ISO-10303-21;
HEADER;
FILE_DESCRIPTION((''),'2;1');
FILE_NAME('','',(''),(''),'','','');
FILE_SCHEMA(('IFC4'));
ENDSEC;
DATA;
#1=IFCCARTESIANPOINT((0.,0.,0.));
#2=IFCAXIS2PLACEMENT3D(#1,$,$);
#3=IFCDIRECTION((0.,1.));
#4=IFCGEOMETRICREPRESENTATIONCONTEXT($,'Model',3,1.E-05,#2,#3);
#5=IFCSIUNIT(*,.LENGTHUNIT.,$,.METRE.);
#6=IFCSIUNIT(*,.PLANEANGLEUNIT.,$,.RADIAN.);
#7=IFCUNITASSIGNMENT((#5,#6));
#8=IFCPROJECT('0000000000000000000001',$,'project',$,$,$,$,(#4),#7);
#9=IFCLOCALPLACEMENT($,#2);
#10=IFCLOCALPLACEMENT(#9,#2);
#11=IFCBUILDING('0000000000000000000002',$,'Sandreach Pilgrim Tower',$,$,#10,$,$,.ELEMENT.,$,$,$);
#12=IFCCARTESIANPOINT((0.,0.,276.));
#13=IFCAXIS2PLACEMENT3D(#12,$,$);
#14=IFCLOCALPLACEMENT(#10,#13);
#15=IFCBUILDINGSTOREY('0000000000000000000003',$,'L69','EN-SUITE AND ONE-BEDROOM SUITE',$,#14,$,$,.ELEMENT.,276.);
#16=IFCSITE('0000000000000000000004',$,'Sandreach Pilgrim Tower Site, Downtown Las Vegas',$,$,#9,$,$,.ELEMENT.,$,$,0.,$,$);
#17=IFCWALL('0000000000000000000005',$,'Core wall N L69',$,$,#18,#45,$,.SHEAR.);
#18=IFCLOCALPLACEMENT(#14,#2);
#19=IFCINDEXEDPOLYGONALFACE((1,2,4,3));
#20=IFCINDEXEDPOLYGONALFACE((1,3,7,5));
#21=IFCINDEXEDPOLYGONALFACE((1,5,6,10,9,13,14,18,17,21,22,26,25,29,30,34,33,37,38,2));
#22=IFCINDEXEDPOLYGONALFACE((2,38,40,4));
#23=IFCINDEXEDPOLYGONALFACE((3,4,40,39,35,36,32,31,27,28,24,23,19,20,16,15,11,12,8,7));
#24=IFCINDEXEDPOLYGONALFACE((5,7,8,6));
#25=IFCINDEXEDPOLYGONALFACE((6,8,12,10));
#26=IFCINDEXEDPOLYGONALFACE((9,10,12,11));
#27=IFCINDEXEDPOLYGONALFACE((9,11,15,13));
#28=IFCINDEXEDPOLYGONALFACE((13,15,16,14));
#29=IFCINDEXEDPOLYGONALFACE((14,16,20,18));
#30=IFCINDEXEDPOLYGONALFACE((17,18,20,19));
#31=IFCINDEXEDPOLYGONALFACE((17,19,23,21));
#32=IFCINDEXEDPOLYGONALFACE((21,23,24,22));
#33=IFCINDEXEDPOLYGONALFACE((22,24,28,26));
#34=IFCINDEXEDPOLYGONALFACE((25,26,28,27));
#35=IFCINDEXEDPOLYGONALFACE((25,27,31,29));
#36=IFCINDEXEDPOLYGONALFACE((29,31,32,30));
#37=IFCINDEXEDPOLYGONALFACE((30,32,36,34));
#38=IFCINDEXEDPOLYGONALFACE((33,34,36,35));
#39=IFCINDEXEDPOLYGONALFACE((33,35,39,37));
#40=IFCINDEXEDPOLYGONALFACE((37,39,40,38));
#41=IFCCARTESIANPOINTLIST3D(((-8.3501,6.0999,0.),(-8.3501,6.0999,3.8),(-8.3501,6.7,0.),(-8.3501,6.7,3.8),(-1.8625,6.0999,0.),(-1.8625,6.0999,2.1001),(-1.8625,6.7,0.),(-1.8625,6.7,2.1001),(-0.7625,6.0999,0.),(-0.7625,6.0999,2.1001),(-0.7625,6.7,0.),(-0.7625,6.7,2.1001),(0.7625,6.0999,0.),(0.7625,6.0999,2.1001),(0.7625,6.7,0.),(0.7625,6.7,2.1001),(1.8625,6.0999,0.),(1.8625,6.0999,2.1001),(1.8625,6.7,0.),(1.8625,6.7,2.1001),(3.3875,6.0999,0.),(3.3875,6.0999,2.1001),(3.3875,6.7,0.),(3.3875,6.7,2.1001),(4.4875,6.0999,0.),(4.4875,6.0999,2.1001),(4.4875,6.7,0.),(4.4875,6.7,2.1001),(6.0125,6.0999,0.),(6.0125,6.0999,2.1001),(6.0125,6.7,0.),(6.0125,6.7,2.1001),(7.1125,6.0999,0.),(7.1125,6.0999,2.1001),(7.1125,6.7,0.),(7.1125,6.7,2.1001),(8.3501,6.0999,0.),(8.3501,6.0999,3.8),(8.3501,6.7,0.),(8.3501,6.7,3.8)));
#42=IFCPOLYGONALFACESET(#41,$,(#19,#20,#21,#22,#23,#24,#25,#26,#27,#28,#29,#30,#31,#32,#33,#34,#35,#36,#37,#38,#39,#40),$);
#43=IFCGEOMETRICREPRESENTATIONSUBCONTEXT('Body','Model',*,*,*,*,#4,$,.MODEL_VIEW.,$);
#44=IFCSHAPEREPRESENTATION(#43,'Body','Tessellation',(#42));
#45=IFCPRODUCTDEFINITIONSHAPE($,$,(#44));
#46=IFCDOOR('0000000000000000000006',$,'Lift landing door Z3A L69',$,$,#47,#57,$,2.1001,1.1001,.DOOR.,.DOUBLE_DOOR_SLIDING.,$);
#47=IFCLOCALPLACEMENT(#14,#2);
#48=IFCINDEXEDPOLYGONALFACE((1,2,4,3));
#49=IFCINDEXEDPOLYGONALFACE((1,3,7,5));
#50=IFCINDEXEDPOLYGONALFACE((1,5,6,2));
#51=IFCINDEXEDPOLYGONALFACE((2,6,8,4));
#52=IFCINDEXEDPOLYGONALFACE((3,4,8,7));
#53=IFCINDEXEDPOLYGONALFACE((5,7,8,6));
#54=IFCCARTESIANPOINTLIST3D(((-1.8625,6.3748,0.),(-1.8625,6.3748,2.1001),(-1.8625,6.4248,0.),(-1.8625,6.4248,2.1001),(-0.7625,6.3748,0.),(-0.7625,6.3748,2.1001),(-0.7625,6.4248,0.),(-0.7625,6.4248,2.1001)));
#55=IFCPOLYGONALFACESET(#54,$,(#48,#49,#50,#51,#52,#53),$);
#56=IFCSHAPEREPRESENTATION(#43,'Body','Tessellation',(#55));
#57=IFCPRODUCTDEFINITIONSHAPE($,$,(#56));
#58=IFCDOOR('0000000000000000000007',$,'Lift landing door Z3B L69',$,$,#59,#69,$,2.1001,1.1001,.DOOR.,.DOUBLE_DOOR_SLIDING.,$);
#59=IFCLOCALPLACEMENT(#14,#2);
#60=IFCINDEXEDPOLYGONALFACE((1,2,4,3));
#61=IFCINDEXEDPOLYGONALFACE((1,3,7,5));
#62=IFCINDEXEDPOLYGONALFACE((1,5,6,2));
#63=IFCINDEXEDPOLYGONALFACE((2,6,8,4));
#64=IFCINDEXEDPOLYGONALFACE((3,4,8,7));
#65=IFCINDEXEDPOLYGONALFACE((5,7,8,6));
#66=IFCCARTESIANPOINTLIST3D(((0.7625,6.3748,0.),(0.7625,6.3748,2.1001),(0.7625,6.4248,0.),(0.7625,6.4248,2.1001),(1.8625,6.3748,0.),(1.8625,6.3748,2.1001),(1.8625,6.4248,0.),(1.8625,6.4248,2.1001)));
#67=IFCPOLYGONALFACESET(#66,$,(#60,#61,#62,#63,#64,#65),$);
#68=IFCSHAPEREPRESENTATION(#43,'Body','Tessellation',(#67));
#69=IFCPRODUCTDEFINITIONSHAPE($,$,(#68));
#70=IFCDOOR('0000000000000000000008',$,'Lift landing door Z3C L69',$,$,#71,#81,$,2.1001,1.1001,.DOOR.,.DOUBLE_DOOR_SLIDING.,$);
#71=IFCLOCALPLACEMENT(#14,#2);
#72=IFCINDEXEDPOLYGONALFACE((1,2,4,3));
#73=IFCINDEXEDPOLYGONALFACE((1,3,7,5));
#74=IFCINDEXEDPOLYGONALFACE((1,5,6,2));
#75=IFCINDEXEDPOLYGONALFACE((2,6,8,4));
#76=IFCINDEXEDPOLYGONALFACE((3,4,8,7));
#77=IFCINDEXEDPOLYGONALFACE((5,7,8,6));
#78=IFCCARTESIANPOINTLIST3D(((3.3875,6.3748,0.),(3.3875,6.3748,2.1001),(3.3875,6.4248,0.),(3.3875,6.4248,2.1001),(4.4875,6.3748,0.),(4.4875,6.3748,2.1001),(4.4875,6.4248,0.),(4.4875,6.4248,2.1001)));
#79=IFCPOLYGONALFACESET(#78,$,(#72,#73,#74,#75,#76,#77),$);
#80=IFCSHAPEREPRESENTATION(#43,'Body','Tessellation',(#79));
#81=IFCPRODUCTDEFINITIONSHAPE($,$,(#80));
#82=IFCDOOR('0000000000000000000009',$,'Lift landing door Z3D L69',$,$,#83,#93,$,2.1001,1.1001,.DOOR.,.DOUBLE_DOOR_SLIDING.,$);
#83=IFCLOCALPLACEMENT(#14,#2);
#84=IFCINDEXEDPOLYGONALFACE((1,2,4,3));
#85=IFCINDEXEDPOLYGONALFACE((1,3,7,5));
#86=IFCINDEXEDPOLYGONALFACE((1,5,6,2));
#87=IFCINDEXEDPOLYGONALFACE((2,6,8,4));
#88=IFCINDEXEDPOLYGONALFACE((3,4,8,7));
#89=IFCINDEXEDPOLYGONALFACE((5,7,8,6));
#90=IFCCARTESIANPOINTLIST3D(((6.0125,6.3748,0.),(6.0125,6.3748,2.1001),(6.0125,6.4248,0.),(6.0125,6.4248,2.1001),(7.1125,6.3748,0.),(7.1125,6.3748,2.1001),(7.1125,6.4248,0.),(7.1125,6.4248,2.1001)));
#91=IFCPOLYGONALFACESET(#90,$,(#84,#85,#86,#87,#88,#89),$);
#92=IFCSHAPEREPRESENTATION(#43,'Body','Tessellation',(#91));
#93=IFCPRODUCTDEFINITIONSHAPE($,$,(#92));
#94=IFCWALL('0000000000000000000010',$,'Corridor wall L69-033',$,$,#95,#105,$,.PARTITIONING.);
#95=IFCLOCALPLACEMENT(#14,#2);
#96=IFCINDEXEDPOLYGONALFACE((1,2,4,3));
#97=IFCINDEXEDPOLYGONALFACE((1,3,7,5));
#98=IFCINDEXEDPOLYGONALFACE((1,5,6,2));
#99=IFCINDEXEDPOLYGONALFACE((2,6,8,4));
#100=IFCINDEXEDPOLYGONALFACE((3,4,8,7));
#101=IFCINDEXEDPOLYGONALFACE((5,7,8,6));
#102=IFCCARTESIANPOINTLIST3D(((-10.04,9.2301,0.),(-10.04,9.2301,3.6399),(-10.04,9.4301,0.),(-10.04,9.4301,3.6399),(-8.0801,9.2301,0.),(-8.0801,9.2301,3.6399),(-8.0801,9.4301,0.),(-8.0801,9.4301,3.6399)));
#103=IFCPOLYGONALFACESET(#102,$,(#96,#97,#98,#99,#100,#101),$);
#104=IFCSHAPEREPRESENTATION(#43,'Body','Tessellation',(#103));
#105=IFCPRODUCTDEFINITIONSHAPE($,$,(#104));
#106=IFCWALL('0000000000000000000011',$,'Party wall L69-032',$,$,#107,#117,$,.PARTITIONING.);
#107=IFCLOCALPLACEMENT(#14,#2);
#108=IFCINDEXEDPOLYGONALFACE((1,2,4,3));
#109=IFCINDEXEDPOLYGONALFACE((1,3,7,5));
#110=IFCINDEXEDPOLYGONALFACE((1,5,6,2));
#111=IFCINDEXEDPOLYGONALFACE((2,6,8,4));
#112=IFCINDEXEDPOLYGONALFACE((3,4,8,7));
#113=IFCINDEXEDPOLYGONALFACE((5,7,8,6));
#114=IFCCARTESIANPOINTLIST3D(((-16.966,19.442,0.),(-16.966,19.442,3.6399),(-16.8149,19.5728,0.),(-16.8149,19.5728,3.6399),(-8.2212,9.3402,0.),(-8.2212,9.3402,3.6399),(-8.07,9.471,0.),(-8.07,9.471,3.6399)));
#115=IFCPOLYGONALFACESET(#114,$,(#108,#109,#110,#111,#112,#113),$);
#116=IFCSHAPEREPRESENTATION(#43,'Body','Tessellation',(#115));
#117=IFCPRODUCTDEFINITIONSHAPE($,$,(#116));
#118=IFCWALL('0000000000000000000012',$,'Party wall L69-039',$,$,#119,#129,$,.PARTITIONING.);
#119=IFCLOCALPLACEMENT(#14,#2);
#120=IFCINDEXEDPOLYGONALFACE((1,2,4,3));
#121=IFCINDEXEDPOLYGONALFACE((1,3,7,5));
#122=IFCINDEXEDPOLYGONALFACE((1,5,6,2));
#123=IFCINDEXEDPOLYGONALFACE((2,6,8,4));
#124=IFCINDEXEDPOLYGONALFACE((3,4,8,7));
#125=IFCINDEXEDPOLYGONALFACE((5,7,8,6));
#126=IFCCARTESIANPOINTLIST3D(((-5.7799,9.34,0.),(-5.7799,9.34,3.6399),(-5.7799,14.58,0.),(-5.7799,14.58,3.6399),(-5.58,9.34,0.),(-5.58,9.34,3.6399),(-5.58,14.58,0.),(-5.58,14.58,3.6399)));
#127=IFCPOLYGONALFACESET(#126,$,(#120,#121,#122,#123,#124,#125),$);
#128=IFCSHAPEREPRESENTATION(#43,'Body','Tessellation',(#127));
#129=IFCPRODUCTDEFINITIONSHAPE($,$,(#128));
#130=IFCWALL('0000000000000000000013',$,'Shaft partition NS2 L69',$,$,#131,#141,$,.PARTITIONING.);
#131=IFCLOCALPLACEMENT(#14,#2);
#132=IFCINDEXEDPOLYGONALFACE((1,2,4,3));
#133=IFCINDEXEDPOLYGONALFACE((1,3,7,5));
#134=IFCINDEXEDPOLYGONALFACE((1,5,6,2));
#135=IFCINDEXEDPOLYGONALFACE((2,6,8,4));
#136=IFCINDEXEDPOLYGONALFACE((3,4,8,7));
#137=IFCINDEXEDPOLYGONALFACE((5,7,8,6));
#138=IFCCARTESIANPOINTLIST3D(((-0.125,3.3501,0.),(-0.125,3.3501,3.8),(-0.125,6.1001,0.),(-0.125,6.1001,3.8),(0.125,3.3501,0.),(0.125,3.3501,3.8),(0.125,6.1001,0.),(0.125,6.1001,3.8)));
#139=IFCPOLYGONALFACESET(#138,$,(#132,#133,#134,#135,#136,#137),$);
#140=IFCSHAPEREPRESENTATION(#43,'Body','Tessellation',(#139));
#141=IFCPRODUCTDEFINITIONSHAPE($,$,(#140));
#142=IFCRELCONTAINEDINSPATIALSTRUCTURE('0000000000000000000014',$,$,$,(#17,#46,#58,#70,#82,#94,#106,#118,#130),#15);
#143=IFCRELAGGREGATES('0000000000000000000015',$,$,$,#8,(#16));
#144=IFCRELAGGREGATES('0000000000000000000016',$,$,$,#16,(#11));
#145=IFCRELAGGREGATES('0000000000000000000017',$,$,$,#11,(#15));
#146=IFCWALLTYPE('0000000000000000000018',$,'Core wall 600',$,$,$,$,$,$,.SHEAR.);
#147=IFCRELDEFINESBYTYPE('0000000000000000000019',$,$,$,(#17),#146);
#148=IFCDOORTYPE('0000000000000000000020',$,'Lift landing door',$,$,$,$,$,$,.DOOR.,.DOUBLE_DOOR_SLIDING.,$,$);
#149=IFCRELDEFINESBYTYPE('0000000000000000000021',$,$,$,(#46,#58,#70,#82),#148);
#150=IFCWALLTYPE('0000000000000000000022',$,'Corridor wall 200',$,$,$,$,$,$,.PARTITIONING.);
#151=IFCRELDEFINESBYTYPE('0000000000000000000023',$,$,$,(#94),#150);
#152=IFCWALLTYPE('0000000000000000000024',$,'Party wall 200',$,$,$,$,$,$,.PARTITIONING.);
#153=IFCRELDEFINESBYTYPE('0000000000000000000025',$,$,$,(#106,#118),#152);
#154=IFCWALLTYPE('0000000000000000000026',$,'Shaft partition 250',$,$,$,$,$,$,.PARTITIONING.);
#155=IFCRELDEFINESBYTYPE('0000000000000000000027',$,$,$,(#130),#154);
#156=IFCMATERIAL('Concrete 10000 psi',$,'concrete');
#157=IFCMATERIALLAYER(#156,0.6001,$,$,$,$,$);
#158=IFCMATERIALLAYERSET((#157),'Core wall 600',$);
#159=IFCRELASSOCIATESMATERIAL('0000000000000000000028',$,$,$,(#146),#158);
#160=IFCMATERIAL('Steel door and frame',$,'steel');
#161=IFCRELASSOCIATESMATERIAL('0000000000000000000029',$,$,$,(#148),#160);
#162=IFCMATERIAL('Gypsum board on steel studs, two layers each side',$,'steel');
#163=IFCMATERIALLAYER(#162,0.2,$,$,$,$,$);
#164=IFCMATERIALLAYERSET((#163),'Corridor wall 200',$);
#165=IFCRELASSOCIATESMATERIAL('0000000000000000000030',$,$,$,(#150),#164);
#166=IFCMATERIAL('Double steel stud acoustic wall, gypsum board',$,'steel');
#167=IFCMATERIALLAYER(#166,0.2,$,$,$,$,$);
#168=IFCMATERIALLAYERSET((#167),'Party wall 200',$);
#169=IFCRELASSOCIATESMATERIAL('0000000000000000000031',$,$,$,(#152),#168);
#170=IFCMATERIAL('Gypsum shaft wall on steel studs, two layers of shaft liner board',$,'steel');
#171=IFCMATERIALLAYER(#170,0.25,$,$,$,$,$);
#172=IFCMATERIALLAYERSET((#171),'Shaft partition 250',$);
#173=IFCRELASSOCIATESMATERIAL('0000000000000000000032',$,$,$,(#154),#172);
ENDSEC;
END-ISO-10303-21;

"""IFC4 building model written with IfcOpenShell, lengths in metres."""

from ifc_helpers import new_model, si_unit, direction, frame, frame_2d, origin, place, context, subcontext, project, spatial, rectangle, extrude, material, layer, layer_set, type_object, element, fill, save


model = new_model("IFC4")

# Units and contexts
model_context = context("Model", 3, precision=1e-05, world=origin(), true_north=direction((0.0, 1.0)))
body_context = subcontext(model_context, "Body", "Model", "MODEL_VIEW")
ifc_project = project(units=[si_unit("LENGTHUNIT", "METRE"), si_unit("PLANEANGLEUNIT", "RADIAN")], contexts=[model_context])

# Site, building, storey
site_placement = place(None, origin())
site = spatial("IfcSite", under=ifc_project, at=site_placement, Name="Sandreach Pilgrim Tower Site, Downtown Las Vegas", CompositionType="ELEMENT", RefElevation=0.0)
building_placement = place(site_placement, origin())
building = spatial("IfcBuilding", under=site, at=building_placement, Name="Sandreach Pilgrim Tower", CompositionType="ELEMENT")
storey_placement = place(building_placement, frame((0.0, 0.0, 276.0)))
storey = spatial("IfcBuildingStorey", under=building, at=storey_placement, Name="L69", Description="EN-SUITE AND ONE-BEDROOM SUITE", CompositionType="ELEMENT", Elevation=276.0)

# Wall, openings, doors
ifc_material_1 = material(Name="Concrete 10000 psi", Category="concrete")
ifc_layer_1 = layer(ifc_material_1, 0.6001)
ifc_layer_set_1 = layer_set([ifc_layer_1], Name="Core wall 600")
wall_type_1 = type_object("IfcWallType", Name="Core wall 600", PredefinedType="SHEAR", material=ifc_layer_set_1)
wall_1_placement = place(storey_placement, frame((-8.3501, 6.3999, 0.0), z_axis=(0.0, 0.0, 1.0), x_axis=(1.0, 0.0, 0.0)))
wall_1 = element("IfcWall", 1, at=wall_1_placement, inside=storey, type_object=wall_type_1, Name="Core wall N L69", PredefinedType="SHEAR", context=body_context, shape_type="SweptSolid", body=[
    extrude(rectangle(XDim=16.7002, YDim=0.6001, at=frame_2d((8.3501, 0.0))), origin(), (0.0, 0.0, 1.0), 3.8),
])
opening_1_placement = place(wall_1_placement, frame((6.4875, 0.0, 0.0)))
opening_1 = element("IfcOpeningElement", 2, at=opening_1_placement, cuts=wall_1, PredefinedType="OPENING", context=body_context, shape_type="SweptSolid", body=[
    extrude(rectangle(XDim=1.1001, YDim=2.1001, at=frame_2d((0.55, 1.05))), frame((0.0, 0.3, 0.0), z_axis=(0.0, -1.0, 0.0), x_axis=(1.0, 0.0, 0.0)), (0.0, 0.0, 1.0), 0.6001),
])
opening_2_placement = place(wall_1_placement, frame((9.1125, 0.0, 0.0)))
opening_2 = element("IfcOpeningElement", 3, at=opening_2_placement, cuts=wall_1, PredefinedType="OPENING", context=body_context, shape_type="SweptSolid", body=[
    extrude(rectangle(XDim=1.1001, YDim=2.1001, at=frame_2d((0.55, 1.05))), frame((0.0, 0.3, 0.0), z_axis=(0.0, -1.0, 0.0), x_axis=(1.0, 0.0, 0.0)), (0.0, 0.0, 1.0), 0.6001),
])
opening_3_placement = place(wall_1_placement, frame((11.7375, 0.0, 0.0)))
opening_3 = element("IfcOpeningElement", 4, at=opening_3_placement, cuts=wall_1, PredefinedType="OPENING", context=body_context, shape_type="SweptSolid", body=[
    extrude(rectangle(XDim=1.1001, YDim=2.1001, at=frame_2d((0.55, 1.05))), frame((0.0, 0.3, 0.0), z_axis=(0.0, -1.0, 0.0), x_axis=(1.0, 0.0, 0.0)), (0.0, 0.0, 1.0), 0.6001),
])
opening_4_placement = place(wall_1_placement, frame((14.3625, 0.0, 0.0)))
opening_4 = element("IfcOpeningElement", 5, at=opening_4_placement, cuts=wall_1, PredefinedType="OPENING", context=body_context, shape_type="SweptSolid", body=[
    extrude(rectangle(XDim=1.1001, YDim=2.1001, at=frame_2d((0.55, 1.05))), frame((0.0, 0.3, 0.0), z_axis=(0.0, -1.0, 0.0), x_axis=(1.0, 0.0, 0.0)), (0.0, 0.0, 1.0), 0.6001),
])
ifc_material_2 = material(Name="Steel door and frame", Category="steel")
door_type_1 = type_object("IfcDoorType", Name="Lift landing door", OperationType="DOUBLE_DOOR_SLIDING", PredefinedType="DOOR", material=ifc_material_2)
door_1_placement = place(opening_1_placement, origin())
door_1 = element("IfcDoor", 6, at=door_1_placement, inside=storey, type_object=door_type_1, Name="Lift landing door Z3A L69", OperationType="DOUBLE_DOOR_SLIDING", OverallHeight=2.1001, OverallWidth=1.1001, PredefinedType="DOOR", context=body_context, shape_type="SweptSolid", body=[
    extrude(rectangle(XDim=1.1001, YDim=2.1001, at=frame_2d((0.55, 1.05))), frame((0.0, 0.0249, 0.0), z_axis=(0.0, -1.0, 0.0), x_axis=(1.0, 0.0, 0.0)), (0.0, 0.0, 1.0), 0.05),
])
fill(opening_1, door_1)
door_2_placement = place(opening_2_placement, origin())
door_2 = element("IfcDoor", 7, at=door_2_placement, inside=storey, type_object=door_type_1, Name="Lift landing door Z3B L69", OperationType="DOUBLE_DOOR_SLIDING", OverallHeight=2.1001, OverallWidth=1.1001, PredefinedType="DOOR", context=body_context, shape_type="SweptSolid", body=[
    extrude(rectangle(XDim=1.1001, YDim=2.1001, at=frame_2d((0.55, 1.05))), frame((0.0, 0.0249, 0.0), z_axis=(0.0, -1.0, 0.0), x_axis=(1.0, 0.0, 0.0)), (0.0, 0.0, 1.0), 0.05),
])
fill(opening_2, door_2)
door_3_placement = place(opening_3_placement, origin())
door_3 = element("IfcDoor", 8, at=door_3_placement, inside=storey, type_object=door_type_1, Name="Lift landing door Z3C L69", OperationType="DOUBLE_DOOR_SLIDING", OverallHeight=2.1001, OverallWidth=1.1001, PredefinedType="DOOR", context=body_context, shape_type="SweptSolid", body=[
    extrude(rectangle(XDim=1.1001, YDim=2.1001, at=frame_2d((0.55, 1.05))), frame((0.0, 0.0249, 0.0), z_axis=(0.0, -1.0, 0.0), x_axis=(1.0, 0.0, 0.0)), (0.0, 0.0, 1.0), 0.05),
])
fill(opening_3, door_3)
door_4_placement = place(opening_4_placement, origin())
door_4 = element("IfcDoor", 9, at=door_4_placement, inside=storey, type_object=door_type_1, Name="Lift landing door Z3D L69", OperationType="DOUBLE_DOOR_SLIDING", OverallHeight=2.1001, OverallWidth=1.1001, PredefinedType="DOOR", context=body_context, shape_type="SweptSolid", body=[
    extrude(rectangle(XDim=1.1001, YDim=2.1001, at=frame_2d((0.55, 1.05))), frame((0.0, 0.0249, 0.0), z_axis=(0.0, -1.0, 0.0), x_axis=(1.0, 0.0, 0.0)), (0.0, 0.0, 1.0), 0.05),
])
fill(opening_4, door_4)

# Shared definitions
ifc_material_3 = material(Name="Gypsum board on steel studs, two layers each side", Category="steel")
ifc_layer_2 = layer(ifc_material_3, 0.2)
ifc_layer_set_2 = layer_set([ifc_layer_2], Name="Corridor wall 200")
wall_type_2 = type_object("IfcWallType", Name="Corridor wall 200", PredefinedType="PARTITIONING", material=ifc_layer_set_2)

# Wall
wall_2_placement = place(storey_placement, frame((-8.0801, 9.3301, 0.0), z_axis=(0.0, 0.0, 1.0), x_axis=(-1.0, 0.0, 0.0)))
element("IfcWall", 10, at=wall_2_placement, inside=storey, type_object=wall_type_2, Name="Corridor wall L69-033", PredefinedType="PARTITIONING", context=body_context, shape_type="SweptSolid", body=[
    extrude(rectangle(XDim=1.96, YDim=0.2, at=frame_2d((0.98, 0.0))), origin(), (0.0, 0.0, 1.0), 3.6399),
])

# Walls
ifc_material_4 = material(Name="Double steel stud acoustic wall, gypsum board", Category="steel")
ifc_layer_3 = layer(ifc_material_4, 0.2)
ifc_layer_set_3 = layer_set([ifc_layer_3], Name="Party wall 200")
wall_type_3 = type_object("IfcWallType", Name="Party wall 200", PredefinedType="PARTITIONING", material=ifc_layer_set_3)
wall_3_placement = place(storey_placement, frame((-8.1455, 9.4055, 0.0), z_axis=(0.0, 0.0, 1.0), x_axis=(-0.654502, 0.75606, 0.0)))
element("IfcWall", 11, at=wall_3_placement, inside=storey, type_object=wall_type_3, Name="Party wall L69-032", PredefinedType="PARTITIONING", context=body_context, shape_type="SweptSolid", body=[
    extrude(rectangle(XDim=13.3611, YDim=0.2, at=frame_2d((6.6807, 0.0))), origin(), (0.0, 0.0, 1.0), 3.6399),
])
wall_4_placement = place(storey_placement, frame((-5.6799, 14.5801, 0.0), z_axis=(0.0, 0.0, 1.0), x_axis=(0.0, -1.0, 0.0)))
element("IfcWall", 12, at=wall_4_placement, inside=storey, type_object=wall_type_3, Name="Party wall L69-039", PredefinedType="PARTITIONING", context=body_context, shape_type="SweptSolid", body=[
    extrude(rectangle(XDim=5.24, YDim=0.2, at=frame_2d((2.6201, 0.0))), origin(), (0.0, 0.0, 1.0), 3.6399),
])
ifc_material_5 = material(Name="Gypsum shaft wall on steel studs, two layers of shaft liner board", Category="steel")
ifc_layer_4 = layer(ifc_material_5, 0.25)
ifc_layer_set_4 = layer_set([ifc_layer_4], Name="Shaft partition 250")
wall_type_4 = type_object("IfcWallType", Name="Shaft partition 250", PredefinedType="PARTITIONING", material=ifc_layer_set_4)
wall_5_placement = place(storey_placement, frame((0.0, 3.3501, 0.0), z_axis=(0.0, 0.0, 1.0), x_axis=(0.0, 1.0, 0.0)))
element("IfcWall", 13, at=wall_5_placement, inside=storey, type_object=wall_type_4, Name="Shaft partition NS2 L69", PredefinedType="PARTITIONING", context=body_context, shape_type="SweptSolid", body=[
    extrude(rectangle(XDim=2.75, YDim=0.25, at=frame_2d((1.375, 0.0))), origin(), (0.0, 0.0, 1.0), 3.8),
])

save(model, "model.ifc")
